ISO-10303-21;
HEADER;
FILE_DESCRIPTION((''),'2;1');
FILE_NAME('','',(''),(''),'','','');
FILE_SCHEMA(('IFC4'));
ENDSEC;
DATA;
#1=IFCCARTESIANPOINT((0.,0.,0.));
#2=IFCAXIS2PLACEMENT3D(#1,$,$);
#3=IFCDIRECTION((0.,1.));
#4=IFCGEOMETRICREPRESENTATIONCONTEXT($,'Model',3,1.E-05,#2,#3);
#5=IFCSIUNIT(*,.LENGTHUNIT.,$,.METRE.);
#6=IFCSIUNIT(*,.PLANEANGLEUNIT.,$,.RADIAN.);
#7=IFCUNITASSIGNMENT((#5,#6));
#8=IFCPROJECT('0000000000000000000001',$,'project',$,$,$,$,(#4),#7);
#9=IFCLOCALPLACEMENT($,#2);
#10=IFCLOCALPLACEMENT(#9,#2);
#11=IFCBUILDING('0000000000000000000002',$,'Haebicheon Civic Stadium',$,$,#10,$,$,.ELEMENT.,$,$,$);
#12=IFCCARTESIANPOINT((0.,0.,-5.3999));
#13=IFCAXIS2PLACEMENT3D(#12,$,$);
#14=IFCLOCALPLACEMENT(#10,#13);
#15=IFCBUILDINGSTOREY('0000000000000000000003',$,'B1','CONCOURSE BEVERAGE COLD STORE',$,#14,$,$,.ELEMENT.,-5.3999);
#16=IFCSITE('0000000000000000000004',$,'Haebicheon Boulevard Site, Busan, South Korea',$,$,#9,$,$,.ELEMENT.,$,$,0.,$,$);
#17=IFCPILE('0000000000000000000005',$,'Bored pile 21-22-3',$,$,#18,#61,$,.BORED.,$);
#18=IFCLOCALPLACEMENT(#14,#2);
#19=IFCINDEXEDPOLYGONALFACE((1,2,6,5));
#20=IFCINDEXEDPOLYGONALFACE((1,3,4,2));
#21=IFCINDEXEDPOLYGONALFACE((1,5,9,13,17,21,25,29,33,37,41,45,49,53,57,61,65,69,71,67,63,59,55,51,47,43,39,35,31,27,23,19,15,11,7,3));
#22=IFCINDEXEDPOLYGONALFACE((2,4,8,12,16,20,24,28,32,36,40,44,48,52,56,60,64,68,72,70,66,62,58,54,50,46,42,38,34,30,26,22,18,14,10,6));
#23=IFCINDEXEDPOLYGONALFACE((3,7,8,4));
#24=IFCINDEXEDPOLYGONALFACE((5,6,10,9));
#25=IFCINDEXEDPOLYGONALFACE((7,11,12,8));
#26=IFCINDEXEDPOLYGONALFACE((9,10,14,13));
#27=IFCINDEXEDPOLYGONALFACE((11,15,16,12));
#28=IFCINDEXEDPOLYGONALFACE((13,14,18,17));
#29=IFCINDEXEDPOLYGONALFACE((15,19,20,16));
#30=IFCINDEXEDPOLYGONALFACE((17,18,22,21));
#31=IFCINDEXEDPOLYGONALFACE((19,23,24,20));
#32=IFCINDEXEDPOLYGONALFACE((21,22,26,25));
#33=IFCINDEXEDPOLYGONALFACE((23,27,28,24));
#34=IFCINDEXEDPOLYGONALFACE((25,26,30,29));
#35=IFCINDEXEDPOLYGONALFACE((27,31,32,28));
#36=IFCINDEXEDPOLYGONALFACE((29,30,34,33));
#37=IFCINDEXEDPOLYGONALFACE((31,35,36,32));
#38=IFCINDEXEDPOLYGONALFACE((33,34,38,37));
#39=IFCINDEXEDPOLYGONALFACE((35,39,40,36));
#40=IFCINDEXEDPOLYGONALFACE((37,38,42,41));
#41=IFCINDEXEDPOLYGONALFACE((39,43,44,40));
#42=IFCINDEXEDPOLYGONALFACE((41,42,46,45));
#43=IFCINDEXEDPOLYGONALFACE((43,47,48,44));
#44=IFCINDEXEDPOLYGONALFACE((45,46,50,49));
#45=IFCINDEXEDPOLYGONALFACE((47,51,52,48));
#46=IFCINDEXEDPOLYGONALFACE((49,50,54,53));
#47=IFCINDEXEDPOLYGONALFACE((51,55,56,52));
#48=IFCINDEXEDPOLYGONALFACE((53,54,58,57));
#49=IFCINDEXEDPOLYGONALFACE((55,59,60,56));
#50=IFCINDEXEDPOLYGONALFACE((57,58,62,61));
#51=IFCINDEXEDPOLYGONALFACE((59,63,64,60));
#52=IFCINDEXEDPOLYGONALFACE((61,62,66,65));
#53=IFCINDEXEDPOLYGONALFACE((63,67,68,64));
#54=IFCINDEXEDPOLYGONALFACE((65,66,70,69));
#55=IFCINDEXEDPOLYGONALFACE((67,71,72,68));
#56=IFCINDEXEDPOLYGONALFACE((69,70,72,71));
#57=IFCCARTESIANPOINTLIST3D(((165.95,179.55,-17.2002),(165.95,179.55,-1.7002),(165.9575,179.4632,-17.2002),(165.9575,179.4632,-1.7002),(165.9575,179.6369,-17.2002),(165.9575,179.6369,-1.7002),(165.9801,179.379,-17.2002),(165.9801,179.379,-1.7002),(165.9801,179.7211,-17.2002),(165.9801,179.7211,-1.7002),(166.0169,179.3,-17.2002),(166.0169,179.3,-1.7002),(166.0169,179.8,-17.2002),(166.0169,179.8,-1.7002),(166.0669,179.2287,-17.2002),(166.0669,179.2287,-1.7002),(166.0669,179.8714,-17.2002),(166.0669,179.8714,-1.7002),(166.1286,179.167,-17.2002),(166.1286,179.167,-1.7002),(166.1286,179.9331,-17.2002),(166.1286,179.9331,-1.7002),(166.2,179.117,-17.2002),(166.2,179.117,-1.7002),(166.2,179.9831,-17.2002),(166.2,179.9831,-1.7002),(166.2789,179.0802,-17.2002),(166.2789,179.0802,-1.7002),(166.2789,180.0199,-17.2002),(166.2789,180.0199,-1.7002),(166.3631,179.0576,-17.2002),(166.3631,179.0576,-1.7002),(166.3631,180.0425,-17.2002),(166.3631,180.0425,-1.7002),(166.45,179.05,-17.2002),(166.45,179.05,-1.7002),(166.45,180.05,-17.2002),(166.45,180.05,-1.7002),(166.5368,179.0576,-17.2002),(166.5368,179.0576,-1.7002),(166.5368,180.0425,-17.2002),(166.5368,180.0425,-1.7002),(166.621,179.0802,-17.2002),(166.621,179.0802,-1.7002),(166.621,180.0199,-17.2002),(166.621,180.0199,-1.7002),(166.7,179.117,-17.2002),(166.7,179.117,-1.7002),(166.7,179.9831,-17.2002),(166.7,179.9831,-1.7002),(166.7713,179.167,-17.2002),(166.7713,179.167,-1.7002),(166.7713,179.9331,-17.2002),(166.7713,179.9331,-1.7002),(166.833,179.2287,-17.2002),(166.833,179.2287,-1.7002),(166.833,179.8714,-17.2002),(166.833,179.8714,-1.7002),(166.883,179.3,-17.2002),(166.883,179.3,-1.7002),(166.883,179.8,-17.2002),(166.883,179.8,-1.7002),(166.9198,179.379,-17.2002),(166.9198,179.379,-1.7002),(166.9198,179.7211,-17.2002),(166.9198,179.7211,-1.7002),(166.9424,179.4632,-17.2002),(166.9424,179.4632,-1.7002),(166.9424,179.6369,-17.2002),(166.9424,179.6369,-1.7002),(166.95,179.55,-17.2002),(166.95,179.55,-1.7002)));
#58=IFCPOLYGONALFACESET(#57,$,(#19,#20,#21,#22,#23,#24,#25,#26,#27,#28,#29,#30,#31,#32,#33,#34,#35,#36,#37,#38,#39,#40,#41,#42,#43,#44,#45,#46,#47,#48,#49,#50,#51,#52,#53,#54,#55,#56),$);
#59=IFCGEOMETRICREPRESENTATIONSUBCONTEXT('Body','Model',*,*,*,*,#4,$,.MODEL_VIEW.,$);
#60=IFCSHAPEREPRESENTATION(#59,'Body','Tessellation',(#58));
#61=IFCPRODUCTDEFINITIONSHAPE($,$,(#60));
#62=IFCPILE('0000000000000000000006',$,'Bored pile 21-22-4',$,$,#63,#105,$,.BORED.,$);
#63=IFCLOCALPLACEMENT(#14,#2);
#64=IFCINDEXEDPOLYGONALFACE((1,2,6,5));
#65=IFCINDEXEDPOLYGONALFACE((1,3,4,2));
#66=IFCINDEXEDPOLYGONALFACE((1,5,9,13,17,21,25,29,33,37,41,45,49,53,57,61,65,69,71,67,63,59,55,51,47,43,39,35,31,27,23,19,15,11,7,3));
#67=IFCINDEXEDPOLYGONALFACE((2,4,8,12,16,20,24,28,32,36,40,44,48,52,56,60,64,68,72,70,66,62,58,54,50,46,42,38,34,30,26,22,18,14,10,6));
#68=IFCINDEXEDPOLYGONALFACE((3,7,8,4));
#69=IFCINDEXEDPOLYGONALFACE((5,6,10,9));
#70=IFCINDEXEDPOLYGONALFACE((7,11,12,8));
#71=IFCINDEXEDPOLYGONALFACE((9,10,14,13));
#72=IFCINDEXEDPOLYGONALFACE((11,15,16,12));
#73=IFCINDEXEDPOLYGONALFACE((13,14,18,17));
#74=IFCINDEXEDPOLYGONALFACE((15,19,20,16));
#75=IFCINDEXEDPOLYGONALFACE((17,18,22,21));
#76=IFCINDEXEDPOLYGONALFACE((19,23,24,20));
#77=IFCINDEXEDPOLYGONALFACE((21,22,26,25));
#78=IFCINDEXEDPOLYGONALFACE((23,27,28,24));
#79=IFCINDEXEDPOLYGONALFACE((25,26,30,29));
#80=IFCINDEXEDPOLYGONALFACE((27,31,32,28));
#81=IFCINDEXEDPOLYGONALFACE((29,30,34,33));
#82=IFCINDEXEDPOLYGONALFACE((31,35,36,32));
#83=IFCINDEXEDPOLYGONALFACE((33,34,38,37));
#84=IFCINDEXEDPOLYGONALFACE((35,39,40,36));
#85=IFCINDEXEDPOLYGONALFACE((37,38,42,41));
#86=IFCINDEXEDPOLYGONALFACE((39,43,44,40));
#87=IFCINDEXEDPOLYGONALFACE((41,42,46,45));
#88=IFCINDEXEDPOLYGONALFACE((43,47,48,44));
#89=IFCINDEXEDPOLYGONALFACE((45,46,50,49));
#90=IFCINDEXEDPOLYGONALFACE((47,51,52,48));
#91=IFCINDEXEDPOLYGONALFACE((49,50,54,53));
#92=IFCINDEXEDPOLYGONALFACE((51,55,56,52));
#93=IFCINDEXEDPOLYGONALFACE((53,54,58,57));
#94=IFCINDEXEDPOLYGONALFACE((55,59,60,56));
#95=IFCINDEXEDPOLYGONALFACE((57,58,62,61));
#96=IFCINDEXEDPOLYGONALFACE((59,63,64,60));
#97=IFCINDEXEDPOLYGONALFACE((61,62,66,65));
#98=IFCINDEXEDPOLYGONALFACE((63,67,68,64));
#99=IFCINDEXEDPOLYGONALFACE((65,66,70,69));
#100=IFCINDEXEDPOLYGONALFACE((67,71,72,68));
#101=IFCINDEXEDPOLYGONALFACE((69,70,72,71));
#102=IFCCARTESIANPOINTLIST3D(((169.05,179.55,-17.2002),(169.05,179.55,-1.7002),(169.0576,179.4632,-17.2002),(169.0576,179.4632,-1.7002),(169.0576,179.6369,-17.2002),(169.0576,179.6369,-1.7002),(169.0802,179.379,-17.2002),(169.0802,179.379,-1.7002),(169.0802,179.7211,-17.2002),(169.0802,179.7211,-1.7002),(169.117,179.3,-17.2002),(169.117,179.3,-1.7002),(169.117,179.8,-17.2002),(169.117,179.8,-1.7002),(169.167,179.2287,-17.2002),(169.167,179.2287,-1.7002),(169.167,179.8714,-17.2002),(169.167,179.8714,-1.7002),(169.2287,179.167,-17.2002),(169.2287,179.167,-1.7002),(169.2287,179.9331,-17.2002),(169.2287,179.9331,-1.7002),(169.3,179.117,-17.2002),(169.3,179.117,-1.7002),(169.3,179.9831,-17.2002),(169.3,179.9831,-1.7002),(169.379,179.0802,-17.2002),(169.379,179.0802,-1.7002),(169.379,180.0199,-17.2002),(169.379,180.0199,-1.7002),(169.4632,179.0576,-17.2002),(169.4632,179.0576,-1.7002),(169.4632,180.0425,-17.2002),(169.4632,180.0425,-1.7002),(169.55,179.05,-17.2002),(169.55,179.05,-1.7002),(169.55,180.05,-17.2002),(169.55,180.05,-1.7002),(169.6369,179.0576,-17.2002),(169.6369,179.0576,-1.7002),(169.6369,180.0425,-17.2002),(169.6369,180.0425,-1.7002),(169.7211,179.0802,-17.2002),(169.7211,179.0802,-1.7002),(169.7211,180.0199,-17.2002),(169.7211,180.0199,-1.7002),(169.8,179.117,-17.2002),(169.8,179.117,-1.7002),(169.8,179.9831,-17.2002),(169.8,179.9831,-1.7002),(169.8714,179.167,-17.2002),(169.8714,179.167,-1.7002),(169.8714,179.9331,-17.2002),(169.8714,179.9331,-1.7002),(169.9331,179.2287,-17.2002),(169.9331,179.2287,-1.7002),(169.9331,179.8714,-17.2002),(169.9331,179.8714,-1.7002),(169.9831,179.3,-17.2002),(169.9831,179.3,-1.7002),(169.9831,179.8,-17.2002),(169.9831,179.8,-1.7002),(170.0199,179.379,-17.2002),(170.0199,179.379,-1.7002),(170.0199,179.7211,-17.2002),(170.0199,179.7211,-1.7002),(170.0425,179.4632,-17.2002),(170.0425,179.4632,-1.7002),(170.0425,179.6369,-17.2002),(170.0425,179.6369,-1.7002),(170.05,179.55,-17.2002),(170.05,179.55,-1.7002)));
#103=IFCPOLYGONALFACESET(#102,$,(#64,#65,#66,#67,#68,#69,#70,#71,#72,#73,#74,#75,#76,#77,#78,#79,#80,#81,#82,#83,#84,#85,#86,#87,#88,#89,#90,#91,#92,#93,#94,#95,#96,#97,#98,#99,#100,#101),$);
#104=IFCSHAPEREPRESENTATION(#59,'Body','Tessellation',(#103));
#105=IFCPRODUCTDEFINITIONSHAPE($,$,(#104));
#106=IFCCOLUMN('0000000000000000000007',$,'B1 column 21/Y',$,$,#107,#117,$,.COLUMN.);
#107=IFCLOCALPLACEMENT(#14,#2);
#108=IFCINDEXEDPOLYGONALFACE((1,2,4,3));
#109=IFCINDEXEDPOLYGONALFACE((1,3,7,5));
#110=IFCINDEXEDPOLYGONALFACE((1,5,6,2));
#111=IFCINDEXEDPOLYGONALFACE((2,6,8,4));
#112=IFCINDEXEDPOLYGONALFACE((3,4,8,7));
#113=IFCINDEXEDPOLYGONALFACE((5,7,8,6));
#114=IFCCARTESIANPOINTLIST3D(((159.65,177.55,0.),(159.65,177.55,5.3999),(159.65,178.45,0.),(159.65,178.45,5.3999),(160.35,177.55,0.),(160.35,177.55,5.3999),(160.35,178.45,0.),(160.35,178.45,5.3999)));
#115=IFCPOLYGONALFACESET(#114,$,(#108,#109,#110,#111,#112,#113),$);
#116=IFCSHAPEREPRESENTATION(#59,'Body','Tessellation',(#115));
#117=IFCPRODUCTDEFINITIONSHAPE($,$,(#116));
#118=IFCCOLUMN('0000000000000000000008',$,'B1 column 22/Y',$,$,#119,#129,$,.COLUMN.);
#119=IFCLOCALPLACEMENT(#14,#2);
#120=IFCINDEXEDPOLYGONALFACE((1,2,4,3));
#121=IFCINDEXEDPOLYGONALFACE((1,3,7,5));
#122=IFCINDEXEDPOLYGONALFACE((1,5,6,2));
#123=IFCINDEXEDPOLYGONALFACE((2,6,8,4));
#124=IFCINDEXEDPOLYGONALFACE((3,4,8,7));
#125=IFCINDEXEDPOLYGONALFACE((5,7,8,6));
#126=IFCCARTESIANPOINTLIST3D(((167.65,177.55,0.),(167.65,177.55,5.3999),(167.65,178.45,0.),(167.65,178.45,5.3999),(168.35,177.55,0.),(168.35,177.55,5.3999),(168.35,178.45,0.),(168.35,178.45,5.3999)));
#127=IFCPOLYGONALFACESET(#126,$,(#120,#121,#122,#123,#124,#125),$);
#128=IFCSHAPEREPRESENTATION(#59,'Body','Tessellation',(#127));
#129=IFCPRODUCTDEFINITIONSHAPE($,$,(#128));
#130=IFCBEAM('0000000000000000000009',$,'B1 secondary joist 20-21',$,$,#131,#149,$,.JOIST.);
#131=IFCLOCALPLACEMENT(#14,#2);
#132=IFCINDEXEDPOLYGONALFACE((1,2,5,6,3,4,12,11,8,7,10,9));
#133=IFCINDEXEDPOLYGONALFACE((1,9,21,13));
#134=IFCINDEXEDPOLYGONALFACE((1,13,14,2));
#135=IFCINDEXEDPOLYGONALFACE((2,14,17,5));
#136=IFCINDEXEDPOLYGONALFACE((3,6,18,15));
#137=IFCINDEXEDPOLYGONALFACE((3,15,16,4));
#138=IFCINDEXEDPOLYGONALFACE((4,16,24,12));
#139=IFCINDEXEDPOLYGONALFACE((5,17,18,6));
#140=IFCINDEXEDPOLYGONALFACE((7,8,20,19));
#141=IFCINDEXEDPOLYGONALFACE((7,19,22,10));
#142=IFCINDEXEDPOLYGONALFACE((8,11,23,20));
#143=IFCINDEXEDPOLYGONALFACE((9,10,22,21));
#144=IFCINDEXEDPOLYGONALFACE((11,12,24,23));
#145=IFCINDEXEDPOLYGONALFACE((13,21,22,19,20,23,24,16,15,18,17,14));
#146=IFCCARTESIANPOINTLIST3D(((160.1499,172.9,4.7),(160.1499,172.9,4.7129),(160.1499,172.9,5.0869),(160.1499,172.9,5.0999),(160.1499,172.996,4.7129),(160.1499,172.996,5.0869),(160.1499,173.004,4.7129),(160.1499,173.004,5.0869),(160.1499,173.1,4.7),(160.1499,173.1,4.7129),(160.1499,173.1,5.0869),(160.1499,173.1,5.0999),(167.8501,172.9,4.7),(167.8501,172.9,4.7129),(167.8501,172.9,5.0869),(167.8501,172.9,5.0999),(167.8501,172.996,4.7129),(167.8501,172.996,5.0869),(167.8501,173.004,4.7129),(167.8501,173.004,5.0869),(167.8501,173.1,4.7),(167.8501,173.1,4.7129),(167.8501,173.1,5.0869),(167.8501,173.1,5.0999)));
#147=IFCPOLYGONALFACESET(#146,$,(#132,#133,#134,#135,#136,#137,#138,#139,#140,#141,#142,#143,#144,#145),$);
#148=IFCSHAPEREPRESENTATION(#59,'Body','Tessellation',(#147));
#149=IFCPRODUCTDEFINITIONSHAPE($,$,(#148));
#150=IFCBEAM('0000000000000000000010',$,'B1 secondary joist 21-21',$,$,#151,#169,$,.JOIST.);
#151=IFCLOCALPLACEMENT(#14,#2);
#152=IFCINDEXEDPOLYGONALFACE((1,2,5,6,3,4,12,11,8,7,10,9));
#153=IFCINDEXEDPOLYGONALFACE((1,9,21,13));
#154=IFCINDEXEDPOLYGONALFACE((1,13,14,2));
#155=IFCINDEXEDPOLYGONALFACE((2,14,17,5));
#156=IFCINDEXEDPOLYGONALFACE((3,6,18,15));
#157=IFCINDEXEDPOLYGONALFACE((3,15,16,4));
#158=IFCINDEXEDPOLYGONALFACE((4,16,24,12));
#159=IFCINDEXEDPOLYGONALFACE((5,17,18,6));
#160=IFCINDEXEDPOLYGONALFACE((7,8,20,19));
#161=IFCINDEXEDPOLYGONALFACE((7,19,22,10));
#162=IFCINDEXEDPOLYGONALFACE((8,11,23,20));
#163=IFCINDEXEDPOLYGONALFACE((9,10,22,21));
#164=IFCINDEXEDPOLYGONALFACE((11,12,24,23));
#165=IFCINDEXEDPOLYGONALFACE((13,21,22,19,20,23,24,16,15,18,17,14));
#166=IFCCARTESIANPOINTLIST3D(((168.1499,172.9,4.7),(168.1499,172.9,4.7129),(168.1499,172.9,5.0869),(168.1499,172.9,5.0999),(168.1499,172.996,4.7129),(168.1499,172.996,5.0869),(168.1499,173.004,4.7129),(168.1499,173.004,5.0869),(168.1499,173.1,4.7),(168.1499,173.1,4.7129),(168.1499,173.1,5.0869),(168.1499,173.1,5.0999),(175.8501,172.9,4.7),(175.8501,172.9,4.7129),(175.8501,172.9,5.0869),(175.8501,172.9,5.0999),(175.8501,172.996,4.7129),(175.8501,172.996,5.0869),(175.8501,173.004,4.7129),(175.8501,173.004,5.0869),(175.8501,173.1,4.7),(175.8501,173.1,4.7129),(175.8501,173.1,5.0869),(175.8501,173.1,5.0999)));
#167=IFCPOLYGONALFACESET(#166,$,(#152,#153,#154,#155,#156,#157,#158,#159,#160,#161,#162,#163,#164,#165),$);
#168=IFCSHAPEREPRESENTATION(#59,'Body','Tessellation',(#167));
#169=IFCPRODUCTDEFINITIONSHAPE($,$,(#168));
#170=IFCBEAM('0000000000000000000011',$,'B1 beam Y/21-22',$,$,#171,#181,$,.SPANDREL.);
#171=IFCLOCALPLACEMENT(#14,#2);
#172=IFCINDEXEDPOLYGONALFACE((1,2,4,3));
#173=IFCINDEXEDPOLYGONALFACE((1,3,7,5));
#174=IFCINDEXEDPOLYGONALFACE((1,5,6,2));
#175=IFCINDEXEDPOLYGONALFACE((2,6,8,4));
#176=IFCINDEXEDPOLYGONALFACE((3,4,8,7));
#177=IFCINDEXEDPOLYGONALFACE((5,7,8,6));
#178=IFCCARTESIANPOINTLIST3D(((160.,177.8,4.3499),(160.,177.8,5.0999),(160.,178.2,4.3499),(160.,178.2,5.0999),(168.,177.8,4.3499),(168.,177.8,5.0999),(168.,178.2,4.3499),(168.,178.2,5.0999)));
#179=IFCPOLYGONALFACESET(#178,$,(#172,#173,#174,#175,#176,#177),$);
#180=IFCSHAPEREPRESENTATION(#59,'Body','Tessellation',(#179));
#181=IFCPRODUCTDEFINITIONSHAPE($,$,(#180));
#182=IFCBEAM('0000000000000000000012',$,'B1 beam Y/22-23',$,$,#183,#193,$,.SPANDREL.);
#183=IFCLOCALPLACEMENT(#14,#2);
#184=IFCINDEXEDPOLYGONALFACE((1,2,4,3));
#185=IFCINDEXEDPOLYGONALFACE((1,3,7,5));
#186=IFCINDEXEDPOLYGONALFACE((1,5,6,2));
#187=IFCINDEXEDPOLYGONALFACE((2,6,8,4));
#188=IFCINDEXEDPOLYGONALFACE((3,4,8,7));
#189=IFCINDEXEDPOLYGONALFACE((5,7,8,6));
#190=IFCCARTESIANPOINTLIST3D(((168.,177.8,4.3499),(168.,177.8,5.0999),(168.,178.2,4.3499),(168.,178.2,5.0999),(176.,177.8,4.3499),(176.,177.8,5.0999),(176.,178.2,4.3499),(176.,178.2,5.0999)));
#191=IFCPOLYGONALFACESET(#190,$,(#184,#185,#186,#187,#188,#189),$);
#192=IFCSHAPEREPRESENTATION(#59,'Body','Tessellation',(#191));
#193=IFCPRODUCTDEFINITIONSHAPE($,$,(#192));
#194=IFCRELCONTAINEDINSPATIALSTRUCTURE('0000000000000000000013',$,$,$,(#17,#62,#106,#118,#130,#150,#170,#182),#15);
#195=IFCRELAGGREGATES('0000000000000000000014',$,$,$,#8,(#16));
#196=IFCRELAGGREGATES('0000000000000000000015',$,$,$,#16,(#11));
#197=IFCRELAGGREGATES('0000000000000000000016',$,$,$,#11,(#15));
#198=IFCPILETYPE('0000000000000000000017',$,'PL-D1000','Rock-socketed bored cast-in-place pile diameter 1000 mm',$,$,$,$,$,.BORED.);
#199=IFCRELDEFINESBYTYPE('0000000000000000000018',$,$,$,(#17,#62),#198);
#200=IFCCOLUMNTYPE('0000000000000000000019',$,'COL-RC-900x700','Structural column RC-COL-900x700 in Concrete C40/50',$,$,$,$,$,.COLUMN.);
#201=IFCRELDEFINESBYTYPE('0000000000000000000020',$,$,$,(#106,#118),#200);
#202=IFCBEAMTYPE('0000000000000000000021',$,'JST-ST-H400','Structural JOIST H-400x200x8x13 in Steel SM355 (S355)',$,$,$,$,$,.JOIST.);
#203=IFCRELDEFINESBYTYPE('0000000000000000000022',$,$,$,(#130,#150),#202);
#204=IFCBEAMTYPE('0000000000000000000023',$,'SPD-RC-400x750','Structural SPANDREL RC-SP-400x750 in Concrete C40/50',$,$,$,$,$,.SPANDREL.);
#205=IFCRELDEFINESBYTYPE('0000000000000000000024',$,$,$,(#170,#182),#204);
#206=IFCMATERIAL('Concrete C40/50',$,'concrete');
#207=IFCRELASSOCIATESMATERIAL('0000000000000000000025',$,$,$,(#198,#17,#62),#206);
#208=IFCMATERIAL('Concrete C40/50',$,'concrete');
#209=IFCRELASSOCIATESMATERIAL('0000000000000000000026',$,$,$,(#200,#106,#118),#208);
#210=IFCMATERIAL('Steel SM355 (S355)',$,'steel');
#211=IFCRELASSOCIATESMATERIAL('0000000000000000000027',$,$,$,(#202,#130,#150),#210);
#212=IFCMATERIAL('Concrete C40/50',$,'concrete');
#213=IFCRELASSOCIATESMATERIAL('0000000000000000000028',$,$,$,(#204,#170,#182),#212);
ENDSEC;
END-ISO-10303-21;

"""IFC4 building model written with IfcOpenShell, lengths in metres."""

from ifc_helpers import new_model, si_unit, direction, frame, origin, origin_2d, place, context, subcontext, project, spatial, rectangle, circle, i_section, extrude, material, material_profile, profile_set, type_object, element, save


model = new_model("IFC4")

# Units and contexts
model_context = context("Model", 3, precision=1e-05, world=origin(), true_north=direction((0.0, 1.0)))
body_context = subcontext(model_context, "Body", "Model", "MODEL_VIEW")
ifc_project = project(units=[si_unit("LENGTHUNIT", "METRE"), si_unit("PLANEANGLEUNIT", "RADIAN")], contexts=[model_context])

# Site, building, storey
site_placement = place(None, origin())
site = spatial("IfcSite", under=ifc_project, at=site_placement, Name="Haebicheon Boulevard Site, Busan, South Korea", CompositionType="ELEMENT", RefElevation=0.0)
building_placement = place(site_placement, origin())
building = spatial("IfcBuilding", under=site, at=building_placement, Name="Haebicheon Civic Stadium", CompositionType="ELEMENT")
storey_placement = place(building_placement, frame((0.0, 0.0, -5.3999)))
storey = spatial("IfcBuildingStorey", under=building, at=storey_placement, Name="B1", Description="CONCOURSE BEVERAGE COLD STORE", CompositionType="ELEMENT", Elevation=-5.3999)

# Piles
ifc_material_1 = material(Name="Concrete C40/50", Category="concrete")
ifc_material_profile_1 = material_profile(ifc_material_1, circle(Radius=0.5, at=origin_2d()), Name="PILE-D1000")
ifc_profile_set_1 = profile_set([ifc_material_profile_1], Name="Concrete C40/50")
pile_type = type_object("IfcPileType", Name="PL-D1000", Description="Rock-socketed bored cast-in-place pile diameter 1000 mm", PredefinedType="BORED", material=ifc_profile_set_1)
for number, where, z_axis, x_axis, name in (
    (1, (166.45, 179.55, -1.7002), (0.0, 0.0, -1.0), (1.0, 0.0, 0.0), "Bored pile 21-22-3"),
    (2, (169.55, 179.55, -1.7002), (0.0, 0.0, -1.0), (1.0, 0.0, 0.0), "Bored pile 21-22-4"),
):
    element("IfcPile", number, at=place(storey_placement, frame(where, z_axis=z_axis, x_axis=x_axis)), inside=storey, type_object=pile_type, material=ifc_profile_set_1, Name=name, PredefinedType="BORED", context=body_context, shape_type="SweptSolid", body=[
        extrude(circle(Radius=0.5, at=origin_2d()), origin(), (0.0, 0.0, 1.0), 15.5),
    ])

# Columns
ifc_material_2 = material(Name="Concrete C40/50", Category="concrete")
ifc_material_profile_2 = material_profile(ifc_material_2, rectangle(XDim=0.7, YDim=0.8999, at=origin_2d()), Name="RC-COL-900x700")
ifc_profile_set_2 = profile_set([ifc_material_profile_2], Name="Concrete C40/50")
column_type = type_object("IfcColumnType", Name="COL-RC-900x700", Description="Structural column RC-COL-900x700 in Concrete C40/50", PredefinedType="COLUMN", material=ifc_profile_set_2)
for number, where, z_axis, x_axis, name in (
    (3, (160.0, 178.0, 0.0), (0.0, 0.0, 1.0), (1.0, 0.0, 0.0), "B1 column 21/Y"),
    (4, (168.0, 178.0, 0.0), (0.0, 0.0, 1.0), (1.0, 0.0, 0.0), "B1 column 22/Y"),
):
    element("IfcColumn", number, at=place(storey_placement, frame(where, z_axis=z_axis, x_axis=x_axis)), inside=storey, type_object=column_type, material=ifc_profile_set_2, Name=name, PredefinedType="COLUMN", context=body_context, shape_type="SweptSolid", body=[
        extrude(rectangle(XDim=0.7, YDim=0.8999, at=origin_2d()), origin(), (0.0, 0.0, 1.0), 5.3999),
    ])

# Beams
ifc_material_3 = material(Name="Steel SM355 (S355)", Category="steel")
ifc_material_profile_3 = material_profile(ifc_material_3, i_section(OverallWidth=0.2, OverallDepth=0.3999, WebThickness=0.0081, FlangeThickness=0.0129, at=origin_2d()), Name="H-400x200x8x13")
ifc_profile_set_3 = profile_set([ifc_material_profile_3], Name="Steel SM355 (S355)")
beam_type_1 = type_object("IfcBeamType", Name="JST-ST-H400", Description="Structural JOIST H-400x200x8x13 in Steel SM355 (S355)", PredefinedType="JOIST", material=ifc_profile_set_3)
for number, where, z_axis, x_axis, name in (
    (5, (160.1499, 173.0, 4.8999), (1.0, 0.0, 0.0), (0.0, 1.0, 0.0), "B1 secondary joist 20-21"),
    (6, (168.1499, 173.0, 4.8999), (1.0, 0.0, 0.0), (0.0, 1.0, 0.0), "B1 secondary joist 21-21"),
):
    element("IfcBeam", number, at=place(storey_placement, frame(where, z_axis=z_axis, x_axis=x_axis)), inside=storey, type_object=beam_type_1, material=ifc_profile_set_3, Name=name, PredefinedType="JOIST", context=body_context, shape_type="SweptSolid", body=[
        extrude(i_section(OverallWidth=0.2, OverallDepth=0.3999, WebThickness=0.0081, FlangeThickness=0.0129, at=origin_2d()), origin(), (0.0, 0.0, 1.0), 7.7002),
    ])
ifc_material_4 = material(Name="Concrete C40/50", Category="concrete")
ifc_material_profile_4 = material_profile(ifc_material_4, rectangle(XDim=0.3999, YDim=0.75, at=origin_2d()), Name="RC-SP-400x750")
ifc_profile_set_4 = profile_set([ifc_material_profile_4], Name="Concrete C40/50")
beam_type_2 = type_object("IfcBeamType", Name="SPD-RC-400x750", Description="Structural SPANDREL RC-SP-400x750 in Concrete C40/50", PredefinedType="SPANDREL", material=ifc_profile_set_4)
for number, where, z_axis, x_axis, name in (
    (7, (160.0, 178.0, 4.7249), (1.0, 0.0, 0.0), (0.0, 1.0, 0.0), "B1 beam Y/21-22"),
    (8, (168.0, 178.0, 4.7249), (1.0, 0.0, 0.0), (0.0, 1.0, 0.0), "B1 beam Y/22-23"),
):
    element("IfcBeam", number, at=place(storey_placement, frame(where, z_axis=z_axis, x_axis=x_axis)), inside=storey, type_object=beam_type_2, material=ifc_profile_set_4, Name=name, PredefinedType="SPANDREL", context=body_context, shape_type="SweptSolid", body=[
        extrude(rectangle(XDim=0.3999, YDim=0.75, at=origin_2d()), origin(), (0.0, 0.0, 1.0), 8.0),
    ])

save(model, "model.ifc")
